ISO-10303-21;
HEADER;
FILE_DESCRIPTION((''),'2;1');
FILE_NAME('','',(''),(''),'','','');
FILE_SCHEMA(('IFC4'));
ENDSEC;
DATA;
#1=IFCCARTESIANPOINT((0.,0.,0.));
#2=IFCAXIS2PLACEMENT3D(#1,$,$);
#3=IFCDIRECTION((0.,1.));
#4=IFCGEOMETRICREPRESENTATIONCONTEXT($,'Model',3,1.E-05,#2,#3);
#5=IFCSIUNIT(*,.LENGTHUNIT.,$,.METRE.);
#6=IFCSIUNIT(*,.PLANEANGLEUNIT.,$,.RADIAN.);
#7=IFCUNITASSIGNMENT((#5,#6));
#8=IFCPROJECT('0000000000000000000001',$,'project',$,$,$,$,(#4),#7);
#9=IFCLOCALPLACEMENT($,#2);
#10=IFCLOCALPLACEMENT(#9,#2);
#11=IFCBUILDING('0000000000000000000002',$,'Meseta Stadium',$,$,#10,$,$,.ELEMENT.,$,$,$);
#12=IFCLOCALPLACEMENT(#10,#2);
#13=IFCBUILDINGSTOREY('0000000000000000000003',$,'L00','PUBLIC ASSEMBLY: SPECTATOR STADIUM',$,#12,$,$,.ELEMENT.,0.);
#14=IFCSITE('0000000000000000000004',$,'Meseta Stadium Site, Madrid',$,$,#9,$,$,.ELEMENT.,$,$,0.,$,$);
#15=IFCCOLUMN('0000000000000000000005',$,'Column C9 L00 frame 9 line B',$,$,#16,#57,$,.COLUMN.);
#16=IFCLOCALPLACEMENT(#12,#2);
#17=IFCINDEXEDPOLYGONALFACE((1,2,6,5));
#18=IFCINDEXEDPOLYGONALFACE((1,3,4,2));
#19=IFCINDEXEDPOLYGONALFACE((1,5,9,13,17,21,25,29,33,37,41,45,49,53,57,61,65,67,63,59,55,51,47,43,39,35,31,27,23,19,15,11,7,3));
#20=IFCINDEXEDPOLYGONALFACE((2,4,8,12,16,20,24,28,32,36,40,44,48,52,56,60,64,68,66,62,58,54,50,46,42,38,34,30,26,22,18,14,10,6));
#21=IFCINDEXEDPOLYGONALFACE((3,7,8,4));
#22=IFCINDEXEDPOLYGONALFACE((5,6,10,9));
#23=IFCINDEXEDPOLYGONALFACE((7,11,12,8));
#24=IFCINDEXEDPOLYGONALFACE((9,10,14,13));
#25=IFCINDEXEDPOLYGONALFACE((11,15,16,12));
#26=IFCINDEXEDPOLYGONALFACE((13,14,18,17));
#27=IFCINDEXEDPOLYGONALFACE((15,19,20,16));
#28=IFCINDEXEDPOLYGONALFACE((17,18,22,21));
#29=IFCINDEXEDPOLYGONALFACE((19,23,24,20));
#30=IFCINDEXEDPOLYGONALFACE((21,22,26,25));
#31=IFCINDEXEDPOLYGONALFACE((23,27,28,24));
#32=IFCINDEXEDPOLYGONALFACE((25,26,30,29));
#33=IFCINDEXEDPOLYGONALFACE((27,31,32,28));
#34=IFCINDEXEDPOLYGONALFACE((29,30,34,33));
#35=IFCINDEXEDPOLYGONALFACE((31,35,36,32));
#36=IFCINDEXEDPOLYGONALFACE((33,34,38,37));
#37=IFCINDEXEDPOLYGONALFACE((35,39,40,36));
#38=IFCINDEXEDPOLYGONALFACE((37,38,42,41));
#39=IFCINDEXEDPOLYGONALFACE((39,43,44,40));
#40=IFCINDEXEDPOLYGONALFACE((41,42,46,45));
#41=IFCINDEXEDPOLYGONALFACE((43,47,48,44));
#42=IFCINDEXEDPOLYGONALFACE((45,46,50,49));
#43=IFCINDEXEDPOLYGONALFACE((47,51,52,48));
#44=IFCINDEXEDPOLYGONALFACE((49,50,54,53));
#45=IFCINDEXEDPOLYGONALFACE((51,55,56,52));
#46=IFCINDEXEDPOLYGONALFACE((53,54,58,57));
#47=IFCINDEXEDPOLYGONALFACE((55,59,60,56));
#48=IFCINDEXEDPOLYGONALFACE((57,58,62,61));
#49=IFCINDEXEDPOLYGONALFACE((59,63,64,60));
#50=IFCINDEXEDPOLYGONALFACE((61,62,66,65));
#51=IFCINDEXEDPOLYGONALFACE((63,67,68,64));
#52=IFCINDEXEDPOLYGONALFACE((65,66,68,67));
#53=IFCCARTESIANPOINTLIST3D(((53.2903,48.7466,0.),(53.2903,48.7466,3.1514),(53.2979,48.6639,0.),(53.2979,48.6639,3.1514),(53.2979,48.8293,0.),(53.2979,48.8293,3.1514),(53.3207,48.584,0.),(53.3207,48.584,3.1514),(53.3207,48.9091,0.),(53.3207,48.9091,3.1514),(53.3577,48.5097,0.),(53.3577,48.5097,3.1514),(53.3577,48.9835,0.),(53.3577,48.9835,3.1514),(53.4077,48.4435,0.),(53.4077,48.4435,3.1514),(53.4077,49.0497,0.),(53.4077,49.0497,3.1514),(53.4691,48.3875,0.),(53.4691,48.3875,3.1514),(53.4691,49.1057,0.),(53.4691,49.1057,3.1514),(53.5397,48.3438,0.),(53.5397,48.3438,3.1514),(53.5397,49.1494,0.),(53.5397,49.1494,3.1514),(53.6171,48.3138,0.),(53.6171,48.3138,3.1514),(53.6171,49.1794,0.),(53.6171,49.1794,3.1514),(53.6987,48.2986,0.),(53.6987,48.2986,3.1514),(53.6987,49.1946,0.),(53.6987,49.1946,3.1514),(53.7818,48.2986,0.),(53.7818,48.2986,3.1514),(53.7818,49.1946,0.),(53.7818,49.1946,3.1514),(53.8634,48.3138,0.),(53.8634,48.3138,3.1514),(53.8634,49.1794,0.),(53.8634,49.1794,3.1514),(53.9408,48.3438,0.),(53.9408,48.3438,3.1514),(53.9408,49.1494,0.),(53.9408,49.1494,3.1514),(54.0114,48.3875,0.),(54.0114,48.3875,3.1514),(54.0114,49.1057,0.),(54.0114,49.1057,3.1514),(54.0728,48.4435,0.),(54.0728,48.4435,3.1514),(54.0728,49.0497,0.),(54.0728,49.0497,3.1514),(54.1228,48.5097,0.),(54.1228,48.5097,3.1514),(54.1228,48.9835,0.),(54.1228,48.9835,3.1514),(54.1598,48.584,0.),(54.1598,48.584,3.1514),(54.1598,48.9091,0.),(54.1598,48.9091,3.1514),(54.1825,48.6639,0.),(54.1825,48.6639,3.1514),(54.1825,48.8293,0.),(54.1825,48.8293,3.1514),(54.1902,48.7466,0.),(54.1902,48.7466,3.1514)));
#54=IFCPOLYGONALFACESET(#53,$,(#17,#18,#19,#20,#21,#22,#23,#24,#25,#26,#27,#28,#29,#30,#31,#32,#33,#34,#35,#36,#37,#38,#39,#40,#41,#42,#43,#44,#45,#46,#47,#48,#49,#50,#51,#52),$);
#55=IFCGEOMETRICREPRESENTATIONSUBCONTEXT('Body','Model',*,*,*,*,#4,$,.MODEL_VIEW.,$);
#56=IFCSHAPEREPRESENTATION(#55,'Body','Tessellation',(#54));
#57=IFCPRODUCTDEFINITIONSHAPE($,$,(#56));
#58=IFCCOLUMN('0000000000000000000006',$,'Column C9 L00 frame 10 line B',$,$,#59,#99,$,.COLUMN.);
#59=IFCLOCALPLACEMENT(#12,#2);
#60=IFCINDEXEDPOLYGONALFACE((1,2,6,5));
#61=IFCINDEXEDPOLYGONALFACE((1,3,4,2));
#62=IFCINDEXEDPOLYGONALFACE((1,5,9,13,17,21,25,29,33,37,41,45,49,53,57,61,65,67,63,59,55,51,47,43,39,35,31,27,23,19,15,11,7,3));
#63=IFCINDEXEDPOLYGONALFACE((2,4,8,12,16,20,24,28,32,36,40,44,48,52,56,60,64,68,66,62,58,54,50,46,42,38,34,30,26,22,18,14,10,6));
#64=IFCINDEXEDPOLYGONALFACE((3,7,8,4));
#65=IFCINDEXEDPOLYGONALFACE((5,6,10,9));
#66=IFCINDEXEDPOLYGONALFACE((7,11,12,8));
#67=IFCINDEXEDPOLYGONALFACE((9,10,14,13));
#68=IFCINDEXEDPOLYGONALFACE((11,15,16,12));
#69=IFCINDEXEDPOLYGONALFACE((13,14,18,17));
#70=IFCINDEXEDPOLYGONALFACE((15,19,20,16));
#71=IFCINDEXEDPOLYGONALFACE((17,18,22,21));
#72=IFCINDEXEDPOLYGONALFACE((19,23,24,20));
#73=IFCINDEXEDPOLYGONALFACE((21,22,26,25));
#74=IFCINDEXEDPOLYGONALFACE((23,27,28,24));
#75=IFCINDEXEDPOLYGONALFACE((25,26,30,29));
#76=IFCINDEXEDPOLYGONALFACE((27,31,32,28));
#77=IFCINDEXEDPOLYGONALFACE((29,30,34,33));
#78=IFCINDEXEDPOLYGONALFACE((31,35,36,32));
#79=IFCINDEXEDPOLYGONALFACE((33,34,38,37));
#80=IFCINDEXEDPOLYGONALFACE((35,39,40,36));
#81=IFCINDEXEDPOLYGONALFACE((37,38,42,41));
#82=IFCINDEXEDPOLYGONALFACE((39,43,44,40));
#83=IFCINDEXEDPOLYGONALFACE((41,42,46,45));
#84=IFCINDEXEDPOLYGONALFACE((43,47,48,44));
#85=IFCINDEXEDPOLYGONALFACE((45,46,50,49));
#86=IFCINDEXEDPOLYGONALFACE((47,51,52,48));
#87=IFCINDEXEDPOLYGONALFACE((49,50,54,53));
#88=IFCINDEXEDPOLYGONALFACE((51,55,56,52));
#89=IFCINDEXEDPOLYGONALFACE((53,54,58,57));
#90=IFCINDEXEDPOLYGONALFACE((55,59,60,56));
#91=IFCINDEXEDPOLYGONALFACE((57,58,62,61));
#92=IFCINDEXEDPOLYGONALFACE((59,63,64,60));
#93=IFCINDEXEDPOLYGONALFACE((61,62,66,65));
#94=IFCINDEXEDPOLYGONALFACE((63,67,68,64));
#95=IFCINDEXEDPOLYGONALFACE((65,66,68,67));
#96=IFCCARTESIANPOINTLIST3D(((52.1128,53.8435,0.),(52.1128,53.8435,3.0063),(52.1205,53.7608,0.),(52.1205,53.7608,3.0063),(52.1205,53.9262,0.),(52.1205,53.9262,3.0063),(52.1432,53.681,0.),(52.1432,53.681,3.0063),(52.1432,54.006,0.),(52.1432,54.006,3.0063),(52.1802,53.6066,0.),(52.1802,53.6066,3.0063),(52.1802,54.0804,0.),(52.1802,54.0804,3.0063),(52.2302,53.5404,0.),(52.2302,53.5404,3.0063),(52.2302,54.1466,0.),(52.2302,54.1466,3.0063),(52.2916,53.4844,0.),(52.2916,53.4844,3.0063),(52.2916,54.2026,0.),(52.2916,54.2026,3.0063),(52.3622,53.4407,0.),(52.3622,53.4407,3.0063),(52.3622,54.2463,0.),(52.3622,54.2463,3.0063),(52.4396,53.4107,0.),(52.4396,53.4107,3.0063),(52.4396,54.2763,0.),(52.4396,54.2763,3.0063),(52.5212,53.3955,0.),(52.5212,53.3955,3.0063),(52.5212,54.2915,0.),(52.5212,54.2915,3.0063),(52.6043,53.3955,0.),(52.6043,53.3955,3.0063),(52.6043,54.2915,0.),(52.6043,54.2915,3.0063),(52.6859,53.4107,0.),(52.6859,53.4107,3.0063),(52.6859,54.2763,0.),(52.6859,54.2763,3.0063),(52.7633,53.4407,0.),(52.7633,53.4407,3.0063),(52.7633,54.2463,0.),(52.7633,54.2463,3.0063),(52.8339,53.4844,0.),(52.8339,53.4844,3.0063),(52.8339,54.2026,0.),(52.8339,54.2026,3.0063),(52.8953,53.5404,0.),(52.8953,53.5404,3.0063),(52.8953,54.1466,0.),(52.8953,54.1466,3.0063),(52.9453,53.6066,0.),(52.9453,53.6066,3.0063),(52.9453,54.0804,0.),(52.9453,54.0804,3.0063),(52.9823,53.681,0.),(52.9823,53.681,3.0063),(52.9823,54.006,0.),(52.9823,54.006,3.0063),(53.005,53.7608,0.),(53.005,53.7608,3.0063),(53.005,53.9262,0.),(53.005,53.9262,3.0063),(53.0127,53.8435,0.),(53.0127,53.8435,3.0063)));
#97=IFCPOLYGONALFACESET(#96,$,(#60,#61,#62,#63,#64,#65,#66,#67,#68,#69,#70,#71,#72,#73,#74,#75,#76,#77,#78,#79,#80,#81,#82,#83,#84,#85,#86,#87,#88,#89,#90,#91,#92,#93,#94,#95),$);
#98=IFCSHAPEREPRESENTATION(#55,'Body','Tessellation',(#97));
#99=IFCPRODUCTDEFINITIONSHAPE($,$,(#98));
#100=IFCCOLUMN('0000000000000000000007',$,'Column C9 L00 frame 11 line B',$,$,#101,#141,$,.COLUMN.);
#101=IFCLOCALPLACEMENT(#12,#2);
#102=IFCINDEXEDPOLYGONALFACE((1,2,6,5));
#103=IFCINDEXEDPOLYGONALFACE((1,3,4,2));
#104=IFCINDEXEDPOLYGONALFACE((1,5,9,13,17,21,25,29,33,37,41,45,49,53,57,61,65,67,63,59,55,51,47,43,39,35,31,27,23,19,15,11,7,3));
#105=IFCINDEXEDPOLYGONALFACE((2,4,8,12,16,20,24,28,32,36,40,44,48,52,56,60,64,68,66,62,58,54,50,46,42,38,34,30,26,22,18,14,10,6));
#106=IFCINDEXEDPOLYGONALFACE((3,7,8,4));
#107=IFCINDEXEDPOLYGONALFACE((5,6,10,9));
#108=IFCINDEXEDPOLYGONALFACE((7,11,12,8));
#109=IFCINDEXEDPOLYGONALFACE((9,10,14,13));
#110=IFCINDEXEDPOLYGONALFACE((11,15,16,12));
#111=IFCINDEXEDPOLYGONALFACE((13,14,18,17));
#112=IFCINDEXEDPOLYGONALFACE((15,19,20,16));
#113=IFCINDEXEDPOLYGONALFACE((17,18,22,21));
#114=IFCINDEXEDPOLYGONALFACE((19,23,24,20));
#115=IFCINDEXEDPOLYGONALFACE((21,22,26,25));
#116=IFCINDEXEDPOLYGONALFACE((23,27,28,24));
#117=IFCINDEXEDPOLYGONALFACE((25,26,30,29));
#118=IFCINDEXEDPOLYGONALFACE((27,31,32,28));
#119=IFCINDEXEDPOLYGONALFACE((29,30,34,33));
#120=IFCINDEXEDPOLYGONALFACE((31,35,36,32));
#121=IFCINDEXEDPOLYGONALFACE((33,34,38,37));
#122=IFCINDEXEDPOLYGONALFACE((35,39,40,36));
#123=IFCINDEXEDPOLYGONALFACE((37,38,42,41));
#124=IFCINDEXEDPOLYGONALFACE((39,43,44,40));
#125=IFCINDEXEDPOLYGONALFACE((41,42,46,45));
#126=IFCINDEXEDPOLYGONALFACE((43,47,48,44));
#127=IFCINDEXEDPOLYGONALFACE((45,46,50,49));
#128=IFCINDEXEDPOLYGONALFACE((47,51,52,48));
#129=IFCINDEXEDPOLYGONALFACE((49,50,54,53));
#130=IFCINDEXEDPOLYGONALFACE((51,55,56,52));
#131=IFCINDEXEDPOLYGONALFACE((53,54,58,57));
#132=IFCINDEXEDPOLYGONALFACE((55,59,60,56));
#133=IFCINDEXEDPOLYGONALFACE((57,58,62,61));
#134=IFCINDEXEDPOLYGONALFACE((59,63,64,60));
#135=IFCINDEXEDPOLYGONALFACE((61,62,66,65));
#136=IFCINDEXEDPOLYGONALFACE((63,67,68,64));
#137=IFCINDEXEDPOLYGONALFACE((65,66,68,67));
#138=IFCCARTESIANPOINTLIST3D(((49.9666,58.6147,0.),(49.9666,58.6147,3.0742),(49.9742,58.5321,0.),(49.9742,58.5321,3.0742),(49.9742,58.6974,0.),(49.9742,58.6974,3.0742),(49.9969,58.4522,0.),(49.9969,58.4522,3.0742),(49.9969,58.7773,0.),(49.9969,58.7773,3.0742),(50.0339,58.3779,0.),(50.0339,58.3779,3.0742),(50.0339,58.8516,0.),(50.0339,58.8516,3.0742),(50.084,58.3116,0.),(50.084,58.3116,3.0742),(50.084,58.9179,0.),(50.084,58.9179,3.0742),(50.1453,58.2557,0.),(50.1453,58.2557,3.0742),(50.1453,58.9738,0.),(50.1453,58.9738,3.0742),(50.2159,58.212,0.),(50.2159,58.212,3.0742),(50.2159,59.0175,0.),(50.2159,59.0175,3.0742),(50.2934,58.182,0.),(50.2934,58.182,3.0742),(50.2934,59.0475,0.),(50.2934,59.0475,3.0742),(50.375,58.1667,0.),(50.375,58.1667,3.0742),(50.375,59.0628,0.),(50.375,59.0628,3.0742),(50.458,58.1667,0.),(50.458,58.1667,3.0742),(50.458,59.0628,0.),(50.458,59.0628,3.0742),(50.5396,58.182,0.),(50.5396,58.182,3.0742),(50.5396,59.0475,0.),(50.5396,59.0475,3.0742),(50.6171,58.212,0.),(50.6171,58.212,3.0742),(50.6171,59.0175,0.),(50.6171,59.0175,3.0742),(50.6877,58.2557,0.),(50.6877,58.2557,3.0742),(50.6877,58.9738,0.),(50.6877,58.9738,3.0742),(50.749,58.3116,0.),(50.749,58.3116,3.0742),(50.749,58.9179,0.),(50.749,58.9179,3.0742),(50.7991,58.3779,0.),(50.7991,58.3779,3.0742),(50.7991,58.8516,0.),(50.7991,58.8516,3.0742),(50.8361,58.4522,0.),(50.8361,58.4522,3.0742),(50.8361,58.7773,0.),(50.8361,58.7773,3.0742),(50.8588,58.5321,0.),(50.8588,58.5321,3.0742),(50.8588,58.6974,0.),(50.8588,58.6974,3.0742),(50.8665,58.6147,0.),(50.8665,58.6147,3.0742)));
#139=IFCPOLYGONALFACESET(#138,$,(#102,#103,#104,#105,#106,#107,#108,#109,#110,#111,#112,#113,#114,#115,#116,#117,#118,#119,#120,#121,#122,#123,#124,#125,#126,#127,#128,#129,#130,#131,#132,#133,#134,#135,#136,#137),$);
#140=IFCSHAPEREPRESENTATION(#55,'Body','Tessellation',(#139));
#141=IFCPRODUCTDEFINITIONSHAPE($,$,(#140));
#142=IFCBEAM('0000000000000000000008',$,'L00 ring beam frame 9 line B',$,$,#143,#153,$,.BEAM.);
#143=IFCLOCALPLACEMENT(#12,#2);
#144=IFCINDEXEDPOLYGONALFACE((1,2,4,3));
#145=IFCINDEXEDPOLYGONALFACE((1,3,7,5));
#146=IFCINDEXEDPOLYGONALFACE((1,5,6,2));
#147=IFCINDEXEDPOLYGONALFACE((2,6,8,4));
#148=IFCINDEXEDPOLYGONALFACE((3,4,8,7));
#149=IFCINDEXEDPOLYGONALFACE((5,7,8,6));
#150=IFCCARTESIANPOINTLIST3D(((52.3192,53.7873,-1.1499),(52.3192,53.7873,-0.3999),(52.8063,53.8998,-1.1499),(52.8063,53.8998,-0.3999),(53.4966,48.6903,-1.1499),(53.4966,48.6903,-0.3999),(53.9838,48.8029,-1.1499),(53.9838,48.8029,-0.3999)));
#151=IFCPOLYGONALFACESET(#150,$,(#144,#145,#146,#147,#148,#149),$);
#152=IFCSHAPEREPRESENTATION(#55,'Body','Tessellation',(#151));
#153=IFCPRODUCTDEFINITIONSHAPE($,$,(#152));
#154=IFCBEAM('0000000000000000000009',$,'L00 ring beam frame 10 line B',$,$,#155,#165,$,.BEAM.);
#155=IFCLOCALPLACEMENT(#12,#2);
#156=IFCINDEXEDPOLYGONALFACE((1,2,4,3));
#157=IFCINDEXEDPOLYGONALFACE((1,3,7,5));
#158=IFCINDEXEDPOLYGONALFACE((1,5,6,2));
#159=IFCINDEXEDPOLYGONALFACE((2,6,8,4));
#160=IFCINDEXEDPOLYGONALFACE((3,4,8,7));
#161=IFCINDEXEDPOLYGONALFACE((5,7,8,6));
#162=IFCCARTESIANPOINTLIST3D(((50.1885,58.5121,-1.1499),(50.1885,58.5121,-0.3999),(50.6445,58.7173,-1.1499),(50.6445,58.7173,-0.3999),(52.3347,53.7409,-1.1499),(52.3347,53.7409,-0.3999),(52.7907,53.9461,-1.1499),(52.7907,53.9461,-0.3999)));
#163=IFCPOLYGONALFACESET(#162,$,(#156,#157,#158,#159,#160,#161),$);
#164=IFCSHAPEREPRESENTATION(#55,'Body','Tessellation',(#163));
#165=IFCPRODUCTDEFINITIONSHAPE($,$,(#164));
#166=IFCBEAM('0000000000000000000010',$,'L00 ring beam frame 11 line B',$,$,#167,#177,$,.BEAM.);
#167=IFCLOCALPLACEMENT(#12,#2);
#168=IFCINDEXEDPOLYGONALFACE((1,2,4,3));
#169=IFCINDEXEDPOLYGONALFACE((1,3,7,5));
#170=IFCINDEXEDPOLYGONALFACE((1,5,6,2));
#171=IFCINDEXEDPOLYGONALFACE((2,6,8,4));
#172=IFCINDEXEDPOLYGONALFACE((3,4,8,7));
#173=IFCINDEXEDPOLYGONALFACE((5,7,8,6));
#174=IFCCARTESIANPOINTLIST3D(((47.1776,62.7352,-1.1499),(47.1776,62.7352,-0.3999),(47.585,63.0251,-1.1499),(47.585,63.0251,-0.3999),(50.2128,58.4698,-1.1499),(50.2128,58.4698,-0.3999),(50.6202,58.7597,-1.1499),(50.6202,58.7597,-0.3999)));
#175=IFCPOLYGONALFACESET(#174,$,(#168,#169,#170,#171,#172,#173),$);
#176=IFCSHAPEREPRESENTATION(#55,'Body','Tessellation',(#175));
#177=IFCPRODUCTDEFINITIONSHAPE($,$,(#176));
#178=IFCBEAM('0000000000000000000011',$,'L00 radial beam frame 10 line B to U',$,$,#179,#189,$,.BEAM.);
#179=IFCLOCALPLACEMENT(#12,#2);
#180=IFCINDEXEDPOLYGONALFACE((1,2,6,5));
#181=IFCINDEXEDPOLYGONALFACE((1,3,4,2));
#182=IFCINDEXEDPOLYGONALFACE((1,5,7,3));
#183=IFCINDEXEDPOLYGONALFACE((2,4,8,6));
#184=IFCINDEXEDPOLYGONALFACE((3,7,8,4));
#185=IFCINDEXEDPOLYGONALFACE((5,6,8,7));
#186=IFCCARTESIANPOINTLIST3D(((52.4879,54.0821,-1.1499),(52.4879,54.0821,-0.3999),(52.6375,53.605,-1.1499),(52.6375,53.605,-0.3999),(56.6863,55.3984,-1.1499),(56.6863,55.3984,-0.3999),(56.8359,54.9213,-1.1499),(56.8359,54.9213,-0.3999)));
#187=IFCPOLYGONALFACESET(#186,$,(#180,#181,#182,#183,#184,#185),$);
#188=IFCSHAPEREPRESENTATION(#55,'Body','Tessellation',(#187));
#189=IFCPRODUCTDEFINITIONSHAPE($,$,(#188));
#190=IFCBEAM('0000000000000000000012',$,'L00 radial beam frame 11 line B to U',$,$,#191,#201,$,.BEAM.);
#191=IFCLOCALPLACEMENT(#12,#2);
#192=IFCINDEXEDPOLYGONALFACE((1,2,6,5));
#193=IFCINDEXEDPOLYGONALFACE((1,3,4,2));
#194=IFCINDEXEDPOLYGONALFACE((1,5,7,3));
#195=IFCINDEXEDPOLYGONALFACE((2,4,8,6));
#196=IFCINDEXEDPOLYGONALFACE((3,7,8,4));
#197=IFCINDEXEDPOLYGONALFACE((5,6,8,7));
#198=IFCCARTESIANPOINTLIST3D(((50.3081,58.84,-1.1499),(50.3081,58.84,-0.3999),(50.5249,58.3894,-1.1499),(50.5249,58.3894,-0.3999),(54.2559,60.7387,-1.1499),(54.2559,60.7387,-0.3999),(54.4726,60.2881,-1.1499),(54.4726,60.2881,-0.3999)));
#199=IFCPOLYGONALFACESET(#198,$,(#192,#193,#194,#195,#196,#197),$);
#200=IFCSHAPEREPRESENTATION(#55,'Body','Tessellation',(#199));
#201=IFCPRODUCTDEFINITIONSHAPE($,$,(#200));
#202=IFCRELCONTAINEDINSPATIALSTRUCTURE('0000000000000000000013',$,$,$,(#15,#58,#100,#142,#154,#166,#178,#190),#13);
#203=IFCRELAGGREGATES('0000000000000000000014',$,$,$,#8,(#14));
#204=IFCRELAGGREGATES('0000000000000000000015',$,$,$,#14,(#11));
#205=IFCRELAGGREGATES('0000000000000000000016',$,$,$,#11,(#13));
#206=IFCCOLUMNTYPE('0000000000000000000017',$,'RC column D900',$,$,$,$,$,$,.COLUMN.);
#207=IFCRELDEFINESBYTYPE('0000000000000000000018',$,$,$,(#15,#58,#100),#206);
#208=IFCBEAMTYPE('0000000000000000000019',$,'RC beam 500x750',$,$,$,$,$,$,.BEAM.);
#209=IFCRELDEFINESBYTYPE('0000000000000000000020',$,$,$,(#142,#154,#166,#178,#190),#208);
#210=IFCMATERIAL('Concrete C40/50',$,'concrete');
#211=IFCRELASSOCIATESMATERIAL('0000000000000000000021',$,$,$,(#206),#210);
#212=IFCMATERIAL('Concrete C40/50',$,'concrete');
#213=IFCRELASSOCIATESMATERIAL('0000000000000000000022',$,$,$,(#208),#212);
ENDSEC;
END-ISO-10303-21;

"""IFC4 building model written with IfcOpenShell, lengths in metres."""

from ifc_helpers import new_model, si_unit, direction, frame, origin, origin_2d, place, context, subcontext, project, spatial, rectangle, circle, extrude, material, material_profile, profile_set, type_object, element, save


model = new_model("IFC4")

# Units and contexts
model_context = context("Model", 3, precision=1e-05, world=origin(), true_north=direction((0.0, 1.0)))
body_context = subcontext(model_context, "Body", "Model", "MODEL_VIEW")
ifc_project = project(units=[si_unit("LENGTHUNIT", "METRE"), si_unit("PLANEANGLEUNIT", "RADIAN")], contexts=[model_context])

# Site, building, storey
site_placement = place(None, origin())
site = spatial("IfcSite", under=ifc_project, at=site_placement, Name="Meseta Stadium Site, Madrid", CompositionType="ELEMENT", RefElevation=0.0)
building_placement = place(site_placement, origin())
building = spatial("IfcBuilding", under=site, at=building_placement, Name="Meseta Stadium", CompositionType="ELEMENT")
storey_placement = place(building_placement, origin())
storey = spatial("IfcBuildingStorey", under=building, at=storey_placement, Name="L00", Description="PUBLIC ASSEMBLY: SPECTATOR STADIUM", CompositionType="ELEMENT", Elevation=0.0)

# Columns
ifc_material_1 = material(Name="Concrete C40/50", Category="concrete")
ifc_material_profile_1 = material_profile(ifc_material_1, circle(Radius=0.45, at=origin_2d()), Name="RC D900")
ifc_profile_set_1 = profile_set([ifc_material_profile_1], Name="Concrete C40/50")
column_type = type_object("IfcColumnType", Name="RC column D900", PredefinedType="COLUMN", material=ifc_profile_set_1)
column_1_placement = place(storey_placement, frame((53.7402, 48.7466, 0.0), z_axis=(0.0, 0.0, 1.0), x_axis=(1.0, 0.0, 0.0)))
element("IfcColumn", 1, at=column_1_placement, inside=storey, type_object=column_type, Name="Column C9 L00 frame 9 line B", PredefinedType="COLUMN", context=body_context, shape_type="SweptSolid", body=[
    extrude(circle(Radius=0.45, at=origin_2d()), origin(), (0.0, 0.0, 1.0), 3.1514),
])
column_2_placement = place(storey_placement, frame((52.5627, 53.8435, 0.0), z_axis=(0.0, 0.0, 1.0), x_axis=(1.0, 0.0, 0.0)))
element("IfcColumn", 2, at=column_2_placement, inside=storey, type_object=column_type, Name="Column C9 L00 frame 10 line B", PredefinedType="COLUMN", context=body_context, shape_type="SweptSolid", body=[
    extrude(circle(Radius=0.45, at=origin_2d()), origin(), (0.0, 0.0, 1.0), 3.0063),
])
column_3_placement = place(storey_placement, frame((50.4165, 58.6147, 0.0), z_axis=(0.0, 0.0, 1.0), x_axis=(1.0, 0.0, 0.0)))
element("IfcColumn", 3, at=column_3_placement, inside=storey, type_object=column_type, Name="Column C9 L00 frame 11 line B", PredefinedType="COLUMN", context=body_context, shape_type="SweptSolid", body=[
    extrude(circle(Radius=0.45, at=origin_2d()), origin(), (0.0, 0.0, 1.0), 3.0742),
])

# Beams
ifc_material_2 = material(Name="Concrete C40/50", Category="concrete")
ifc_material_profile_2 = material_profile(ifc_material_2, rectangle(XDim=0.5, YDim=0.75, at=origin_2d()), Name="RC 500x750")
ifc_profile_set_2 = profile_set([ifc_material_profile_2], Name="Concrete C40/50")
beam_type = type_object("IfcBeamType", Name="RC beam 500x750", PredefinedType="BEAM", material=ifc_profile_set_2)
beam_1_placement = place(storey_placement, frame((53.7402, 48.7466, -0.7749), z_axis=(-0.225091, 0.974338, 0.0), x_axis=(-0.974338, -0.225091, 0.0)))
element("IfcBeam", 4, at=beam_1_placement, inside=storey, type_object=beam_type, Name="L00 ring beam frame 9 line B", PredefinedType="BEAM", context=body_context, shape_type="SweptSolid", body=[
    extrude(rectangle(XDim=0.5, YDim=0.75, at=origin_2d()), origin(), (0.0, 0.0, 1.0), 5.2312),
])
beam_2_placement = place(storey_placement, frame((52.5627, 53.8435, -0.7749), z_axis=(-0.410235, 0.91198, 0.0), x_axis=(-0.91198, -0.410235, 0.0)))
element("IfcBeam", 5, at=beam_2_placement, inside=storey, type_object=beam_type, Name="L00 ring beam frame 10 line B", PredefinedType="BEAM", context=body_context, shape_type="SweptSolid", body=[
    extrude(rectangle(XDim=0.5, YDim=0.75, at=origin_2d()), origin(), (0.0, 0.0, 1.0), 5.2317),
])
beam_3_placement = place(storey_placement, frame((50.4165, 58.6147, -0.7749), z_axis=(-0.579777, 0.814775, 0.0), x_axis=(-0.814775, -0.579777, 0.0)))
element("IfcBeam", 6, at=beam_3_placement, inside=storey, type_object=beam_type, Name="L00 ring beam frame 11 line B", PredefinedType="BEAM", context=body_context, shape_type="SweptSolid", body=[
    extrude(rectangle(XDim=0.5, YDim=0.75, at=origin_2d()), origin(), (0.0, 0.0, 1.0), 5.2351),
])
beam_4_placement = place(storey_placement, frame((52.5627, 53.8435, -0.7749), z_axis=(0.954196, 0.299182, 0.0), x_axis=(-0.299182, 0.954196, 0.0)))
element("IfcBeam", 7, at=beam_4_placement, inside=storey, type_object=beam_type, Name="L00 radial beam frame 10 line B to U", PredefinedType="BEAM", context=body_context, shape_type="SweptSolid", body=[
    extrude(rectangle(XDim=0.5, YDim=0.75, at=origin_2d()), origin(), (0.0, 0.0, 1.0), 4.3999),
])
beam_5_placement = place(storey_placement, frame((50.4165, 58.6147, -0.7749), z_axis=(0.901188, 0.433428, 0.0), x_axis=(-0.433428, 0.901188, 0.0)))
element("IfcBeam", 8, at=beam_5_placement, inside=storey, type_object=beam_type, Name="L00 radial beam frame 11 line B to U", PredefinedType="BEAM", context=body_context, shape_type="SweptSolid", body=[
    extrude(rectangle(XDim=0.5, YDim=0.75, at=origin_2d()), origin(), (0.0, 0.0, 1.0), 4.3806),
])

save(model, "model.ifc")
